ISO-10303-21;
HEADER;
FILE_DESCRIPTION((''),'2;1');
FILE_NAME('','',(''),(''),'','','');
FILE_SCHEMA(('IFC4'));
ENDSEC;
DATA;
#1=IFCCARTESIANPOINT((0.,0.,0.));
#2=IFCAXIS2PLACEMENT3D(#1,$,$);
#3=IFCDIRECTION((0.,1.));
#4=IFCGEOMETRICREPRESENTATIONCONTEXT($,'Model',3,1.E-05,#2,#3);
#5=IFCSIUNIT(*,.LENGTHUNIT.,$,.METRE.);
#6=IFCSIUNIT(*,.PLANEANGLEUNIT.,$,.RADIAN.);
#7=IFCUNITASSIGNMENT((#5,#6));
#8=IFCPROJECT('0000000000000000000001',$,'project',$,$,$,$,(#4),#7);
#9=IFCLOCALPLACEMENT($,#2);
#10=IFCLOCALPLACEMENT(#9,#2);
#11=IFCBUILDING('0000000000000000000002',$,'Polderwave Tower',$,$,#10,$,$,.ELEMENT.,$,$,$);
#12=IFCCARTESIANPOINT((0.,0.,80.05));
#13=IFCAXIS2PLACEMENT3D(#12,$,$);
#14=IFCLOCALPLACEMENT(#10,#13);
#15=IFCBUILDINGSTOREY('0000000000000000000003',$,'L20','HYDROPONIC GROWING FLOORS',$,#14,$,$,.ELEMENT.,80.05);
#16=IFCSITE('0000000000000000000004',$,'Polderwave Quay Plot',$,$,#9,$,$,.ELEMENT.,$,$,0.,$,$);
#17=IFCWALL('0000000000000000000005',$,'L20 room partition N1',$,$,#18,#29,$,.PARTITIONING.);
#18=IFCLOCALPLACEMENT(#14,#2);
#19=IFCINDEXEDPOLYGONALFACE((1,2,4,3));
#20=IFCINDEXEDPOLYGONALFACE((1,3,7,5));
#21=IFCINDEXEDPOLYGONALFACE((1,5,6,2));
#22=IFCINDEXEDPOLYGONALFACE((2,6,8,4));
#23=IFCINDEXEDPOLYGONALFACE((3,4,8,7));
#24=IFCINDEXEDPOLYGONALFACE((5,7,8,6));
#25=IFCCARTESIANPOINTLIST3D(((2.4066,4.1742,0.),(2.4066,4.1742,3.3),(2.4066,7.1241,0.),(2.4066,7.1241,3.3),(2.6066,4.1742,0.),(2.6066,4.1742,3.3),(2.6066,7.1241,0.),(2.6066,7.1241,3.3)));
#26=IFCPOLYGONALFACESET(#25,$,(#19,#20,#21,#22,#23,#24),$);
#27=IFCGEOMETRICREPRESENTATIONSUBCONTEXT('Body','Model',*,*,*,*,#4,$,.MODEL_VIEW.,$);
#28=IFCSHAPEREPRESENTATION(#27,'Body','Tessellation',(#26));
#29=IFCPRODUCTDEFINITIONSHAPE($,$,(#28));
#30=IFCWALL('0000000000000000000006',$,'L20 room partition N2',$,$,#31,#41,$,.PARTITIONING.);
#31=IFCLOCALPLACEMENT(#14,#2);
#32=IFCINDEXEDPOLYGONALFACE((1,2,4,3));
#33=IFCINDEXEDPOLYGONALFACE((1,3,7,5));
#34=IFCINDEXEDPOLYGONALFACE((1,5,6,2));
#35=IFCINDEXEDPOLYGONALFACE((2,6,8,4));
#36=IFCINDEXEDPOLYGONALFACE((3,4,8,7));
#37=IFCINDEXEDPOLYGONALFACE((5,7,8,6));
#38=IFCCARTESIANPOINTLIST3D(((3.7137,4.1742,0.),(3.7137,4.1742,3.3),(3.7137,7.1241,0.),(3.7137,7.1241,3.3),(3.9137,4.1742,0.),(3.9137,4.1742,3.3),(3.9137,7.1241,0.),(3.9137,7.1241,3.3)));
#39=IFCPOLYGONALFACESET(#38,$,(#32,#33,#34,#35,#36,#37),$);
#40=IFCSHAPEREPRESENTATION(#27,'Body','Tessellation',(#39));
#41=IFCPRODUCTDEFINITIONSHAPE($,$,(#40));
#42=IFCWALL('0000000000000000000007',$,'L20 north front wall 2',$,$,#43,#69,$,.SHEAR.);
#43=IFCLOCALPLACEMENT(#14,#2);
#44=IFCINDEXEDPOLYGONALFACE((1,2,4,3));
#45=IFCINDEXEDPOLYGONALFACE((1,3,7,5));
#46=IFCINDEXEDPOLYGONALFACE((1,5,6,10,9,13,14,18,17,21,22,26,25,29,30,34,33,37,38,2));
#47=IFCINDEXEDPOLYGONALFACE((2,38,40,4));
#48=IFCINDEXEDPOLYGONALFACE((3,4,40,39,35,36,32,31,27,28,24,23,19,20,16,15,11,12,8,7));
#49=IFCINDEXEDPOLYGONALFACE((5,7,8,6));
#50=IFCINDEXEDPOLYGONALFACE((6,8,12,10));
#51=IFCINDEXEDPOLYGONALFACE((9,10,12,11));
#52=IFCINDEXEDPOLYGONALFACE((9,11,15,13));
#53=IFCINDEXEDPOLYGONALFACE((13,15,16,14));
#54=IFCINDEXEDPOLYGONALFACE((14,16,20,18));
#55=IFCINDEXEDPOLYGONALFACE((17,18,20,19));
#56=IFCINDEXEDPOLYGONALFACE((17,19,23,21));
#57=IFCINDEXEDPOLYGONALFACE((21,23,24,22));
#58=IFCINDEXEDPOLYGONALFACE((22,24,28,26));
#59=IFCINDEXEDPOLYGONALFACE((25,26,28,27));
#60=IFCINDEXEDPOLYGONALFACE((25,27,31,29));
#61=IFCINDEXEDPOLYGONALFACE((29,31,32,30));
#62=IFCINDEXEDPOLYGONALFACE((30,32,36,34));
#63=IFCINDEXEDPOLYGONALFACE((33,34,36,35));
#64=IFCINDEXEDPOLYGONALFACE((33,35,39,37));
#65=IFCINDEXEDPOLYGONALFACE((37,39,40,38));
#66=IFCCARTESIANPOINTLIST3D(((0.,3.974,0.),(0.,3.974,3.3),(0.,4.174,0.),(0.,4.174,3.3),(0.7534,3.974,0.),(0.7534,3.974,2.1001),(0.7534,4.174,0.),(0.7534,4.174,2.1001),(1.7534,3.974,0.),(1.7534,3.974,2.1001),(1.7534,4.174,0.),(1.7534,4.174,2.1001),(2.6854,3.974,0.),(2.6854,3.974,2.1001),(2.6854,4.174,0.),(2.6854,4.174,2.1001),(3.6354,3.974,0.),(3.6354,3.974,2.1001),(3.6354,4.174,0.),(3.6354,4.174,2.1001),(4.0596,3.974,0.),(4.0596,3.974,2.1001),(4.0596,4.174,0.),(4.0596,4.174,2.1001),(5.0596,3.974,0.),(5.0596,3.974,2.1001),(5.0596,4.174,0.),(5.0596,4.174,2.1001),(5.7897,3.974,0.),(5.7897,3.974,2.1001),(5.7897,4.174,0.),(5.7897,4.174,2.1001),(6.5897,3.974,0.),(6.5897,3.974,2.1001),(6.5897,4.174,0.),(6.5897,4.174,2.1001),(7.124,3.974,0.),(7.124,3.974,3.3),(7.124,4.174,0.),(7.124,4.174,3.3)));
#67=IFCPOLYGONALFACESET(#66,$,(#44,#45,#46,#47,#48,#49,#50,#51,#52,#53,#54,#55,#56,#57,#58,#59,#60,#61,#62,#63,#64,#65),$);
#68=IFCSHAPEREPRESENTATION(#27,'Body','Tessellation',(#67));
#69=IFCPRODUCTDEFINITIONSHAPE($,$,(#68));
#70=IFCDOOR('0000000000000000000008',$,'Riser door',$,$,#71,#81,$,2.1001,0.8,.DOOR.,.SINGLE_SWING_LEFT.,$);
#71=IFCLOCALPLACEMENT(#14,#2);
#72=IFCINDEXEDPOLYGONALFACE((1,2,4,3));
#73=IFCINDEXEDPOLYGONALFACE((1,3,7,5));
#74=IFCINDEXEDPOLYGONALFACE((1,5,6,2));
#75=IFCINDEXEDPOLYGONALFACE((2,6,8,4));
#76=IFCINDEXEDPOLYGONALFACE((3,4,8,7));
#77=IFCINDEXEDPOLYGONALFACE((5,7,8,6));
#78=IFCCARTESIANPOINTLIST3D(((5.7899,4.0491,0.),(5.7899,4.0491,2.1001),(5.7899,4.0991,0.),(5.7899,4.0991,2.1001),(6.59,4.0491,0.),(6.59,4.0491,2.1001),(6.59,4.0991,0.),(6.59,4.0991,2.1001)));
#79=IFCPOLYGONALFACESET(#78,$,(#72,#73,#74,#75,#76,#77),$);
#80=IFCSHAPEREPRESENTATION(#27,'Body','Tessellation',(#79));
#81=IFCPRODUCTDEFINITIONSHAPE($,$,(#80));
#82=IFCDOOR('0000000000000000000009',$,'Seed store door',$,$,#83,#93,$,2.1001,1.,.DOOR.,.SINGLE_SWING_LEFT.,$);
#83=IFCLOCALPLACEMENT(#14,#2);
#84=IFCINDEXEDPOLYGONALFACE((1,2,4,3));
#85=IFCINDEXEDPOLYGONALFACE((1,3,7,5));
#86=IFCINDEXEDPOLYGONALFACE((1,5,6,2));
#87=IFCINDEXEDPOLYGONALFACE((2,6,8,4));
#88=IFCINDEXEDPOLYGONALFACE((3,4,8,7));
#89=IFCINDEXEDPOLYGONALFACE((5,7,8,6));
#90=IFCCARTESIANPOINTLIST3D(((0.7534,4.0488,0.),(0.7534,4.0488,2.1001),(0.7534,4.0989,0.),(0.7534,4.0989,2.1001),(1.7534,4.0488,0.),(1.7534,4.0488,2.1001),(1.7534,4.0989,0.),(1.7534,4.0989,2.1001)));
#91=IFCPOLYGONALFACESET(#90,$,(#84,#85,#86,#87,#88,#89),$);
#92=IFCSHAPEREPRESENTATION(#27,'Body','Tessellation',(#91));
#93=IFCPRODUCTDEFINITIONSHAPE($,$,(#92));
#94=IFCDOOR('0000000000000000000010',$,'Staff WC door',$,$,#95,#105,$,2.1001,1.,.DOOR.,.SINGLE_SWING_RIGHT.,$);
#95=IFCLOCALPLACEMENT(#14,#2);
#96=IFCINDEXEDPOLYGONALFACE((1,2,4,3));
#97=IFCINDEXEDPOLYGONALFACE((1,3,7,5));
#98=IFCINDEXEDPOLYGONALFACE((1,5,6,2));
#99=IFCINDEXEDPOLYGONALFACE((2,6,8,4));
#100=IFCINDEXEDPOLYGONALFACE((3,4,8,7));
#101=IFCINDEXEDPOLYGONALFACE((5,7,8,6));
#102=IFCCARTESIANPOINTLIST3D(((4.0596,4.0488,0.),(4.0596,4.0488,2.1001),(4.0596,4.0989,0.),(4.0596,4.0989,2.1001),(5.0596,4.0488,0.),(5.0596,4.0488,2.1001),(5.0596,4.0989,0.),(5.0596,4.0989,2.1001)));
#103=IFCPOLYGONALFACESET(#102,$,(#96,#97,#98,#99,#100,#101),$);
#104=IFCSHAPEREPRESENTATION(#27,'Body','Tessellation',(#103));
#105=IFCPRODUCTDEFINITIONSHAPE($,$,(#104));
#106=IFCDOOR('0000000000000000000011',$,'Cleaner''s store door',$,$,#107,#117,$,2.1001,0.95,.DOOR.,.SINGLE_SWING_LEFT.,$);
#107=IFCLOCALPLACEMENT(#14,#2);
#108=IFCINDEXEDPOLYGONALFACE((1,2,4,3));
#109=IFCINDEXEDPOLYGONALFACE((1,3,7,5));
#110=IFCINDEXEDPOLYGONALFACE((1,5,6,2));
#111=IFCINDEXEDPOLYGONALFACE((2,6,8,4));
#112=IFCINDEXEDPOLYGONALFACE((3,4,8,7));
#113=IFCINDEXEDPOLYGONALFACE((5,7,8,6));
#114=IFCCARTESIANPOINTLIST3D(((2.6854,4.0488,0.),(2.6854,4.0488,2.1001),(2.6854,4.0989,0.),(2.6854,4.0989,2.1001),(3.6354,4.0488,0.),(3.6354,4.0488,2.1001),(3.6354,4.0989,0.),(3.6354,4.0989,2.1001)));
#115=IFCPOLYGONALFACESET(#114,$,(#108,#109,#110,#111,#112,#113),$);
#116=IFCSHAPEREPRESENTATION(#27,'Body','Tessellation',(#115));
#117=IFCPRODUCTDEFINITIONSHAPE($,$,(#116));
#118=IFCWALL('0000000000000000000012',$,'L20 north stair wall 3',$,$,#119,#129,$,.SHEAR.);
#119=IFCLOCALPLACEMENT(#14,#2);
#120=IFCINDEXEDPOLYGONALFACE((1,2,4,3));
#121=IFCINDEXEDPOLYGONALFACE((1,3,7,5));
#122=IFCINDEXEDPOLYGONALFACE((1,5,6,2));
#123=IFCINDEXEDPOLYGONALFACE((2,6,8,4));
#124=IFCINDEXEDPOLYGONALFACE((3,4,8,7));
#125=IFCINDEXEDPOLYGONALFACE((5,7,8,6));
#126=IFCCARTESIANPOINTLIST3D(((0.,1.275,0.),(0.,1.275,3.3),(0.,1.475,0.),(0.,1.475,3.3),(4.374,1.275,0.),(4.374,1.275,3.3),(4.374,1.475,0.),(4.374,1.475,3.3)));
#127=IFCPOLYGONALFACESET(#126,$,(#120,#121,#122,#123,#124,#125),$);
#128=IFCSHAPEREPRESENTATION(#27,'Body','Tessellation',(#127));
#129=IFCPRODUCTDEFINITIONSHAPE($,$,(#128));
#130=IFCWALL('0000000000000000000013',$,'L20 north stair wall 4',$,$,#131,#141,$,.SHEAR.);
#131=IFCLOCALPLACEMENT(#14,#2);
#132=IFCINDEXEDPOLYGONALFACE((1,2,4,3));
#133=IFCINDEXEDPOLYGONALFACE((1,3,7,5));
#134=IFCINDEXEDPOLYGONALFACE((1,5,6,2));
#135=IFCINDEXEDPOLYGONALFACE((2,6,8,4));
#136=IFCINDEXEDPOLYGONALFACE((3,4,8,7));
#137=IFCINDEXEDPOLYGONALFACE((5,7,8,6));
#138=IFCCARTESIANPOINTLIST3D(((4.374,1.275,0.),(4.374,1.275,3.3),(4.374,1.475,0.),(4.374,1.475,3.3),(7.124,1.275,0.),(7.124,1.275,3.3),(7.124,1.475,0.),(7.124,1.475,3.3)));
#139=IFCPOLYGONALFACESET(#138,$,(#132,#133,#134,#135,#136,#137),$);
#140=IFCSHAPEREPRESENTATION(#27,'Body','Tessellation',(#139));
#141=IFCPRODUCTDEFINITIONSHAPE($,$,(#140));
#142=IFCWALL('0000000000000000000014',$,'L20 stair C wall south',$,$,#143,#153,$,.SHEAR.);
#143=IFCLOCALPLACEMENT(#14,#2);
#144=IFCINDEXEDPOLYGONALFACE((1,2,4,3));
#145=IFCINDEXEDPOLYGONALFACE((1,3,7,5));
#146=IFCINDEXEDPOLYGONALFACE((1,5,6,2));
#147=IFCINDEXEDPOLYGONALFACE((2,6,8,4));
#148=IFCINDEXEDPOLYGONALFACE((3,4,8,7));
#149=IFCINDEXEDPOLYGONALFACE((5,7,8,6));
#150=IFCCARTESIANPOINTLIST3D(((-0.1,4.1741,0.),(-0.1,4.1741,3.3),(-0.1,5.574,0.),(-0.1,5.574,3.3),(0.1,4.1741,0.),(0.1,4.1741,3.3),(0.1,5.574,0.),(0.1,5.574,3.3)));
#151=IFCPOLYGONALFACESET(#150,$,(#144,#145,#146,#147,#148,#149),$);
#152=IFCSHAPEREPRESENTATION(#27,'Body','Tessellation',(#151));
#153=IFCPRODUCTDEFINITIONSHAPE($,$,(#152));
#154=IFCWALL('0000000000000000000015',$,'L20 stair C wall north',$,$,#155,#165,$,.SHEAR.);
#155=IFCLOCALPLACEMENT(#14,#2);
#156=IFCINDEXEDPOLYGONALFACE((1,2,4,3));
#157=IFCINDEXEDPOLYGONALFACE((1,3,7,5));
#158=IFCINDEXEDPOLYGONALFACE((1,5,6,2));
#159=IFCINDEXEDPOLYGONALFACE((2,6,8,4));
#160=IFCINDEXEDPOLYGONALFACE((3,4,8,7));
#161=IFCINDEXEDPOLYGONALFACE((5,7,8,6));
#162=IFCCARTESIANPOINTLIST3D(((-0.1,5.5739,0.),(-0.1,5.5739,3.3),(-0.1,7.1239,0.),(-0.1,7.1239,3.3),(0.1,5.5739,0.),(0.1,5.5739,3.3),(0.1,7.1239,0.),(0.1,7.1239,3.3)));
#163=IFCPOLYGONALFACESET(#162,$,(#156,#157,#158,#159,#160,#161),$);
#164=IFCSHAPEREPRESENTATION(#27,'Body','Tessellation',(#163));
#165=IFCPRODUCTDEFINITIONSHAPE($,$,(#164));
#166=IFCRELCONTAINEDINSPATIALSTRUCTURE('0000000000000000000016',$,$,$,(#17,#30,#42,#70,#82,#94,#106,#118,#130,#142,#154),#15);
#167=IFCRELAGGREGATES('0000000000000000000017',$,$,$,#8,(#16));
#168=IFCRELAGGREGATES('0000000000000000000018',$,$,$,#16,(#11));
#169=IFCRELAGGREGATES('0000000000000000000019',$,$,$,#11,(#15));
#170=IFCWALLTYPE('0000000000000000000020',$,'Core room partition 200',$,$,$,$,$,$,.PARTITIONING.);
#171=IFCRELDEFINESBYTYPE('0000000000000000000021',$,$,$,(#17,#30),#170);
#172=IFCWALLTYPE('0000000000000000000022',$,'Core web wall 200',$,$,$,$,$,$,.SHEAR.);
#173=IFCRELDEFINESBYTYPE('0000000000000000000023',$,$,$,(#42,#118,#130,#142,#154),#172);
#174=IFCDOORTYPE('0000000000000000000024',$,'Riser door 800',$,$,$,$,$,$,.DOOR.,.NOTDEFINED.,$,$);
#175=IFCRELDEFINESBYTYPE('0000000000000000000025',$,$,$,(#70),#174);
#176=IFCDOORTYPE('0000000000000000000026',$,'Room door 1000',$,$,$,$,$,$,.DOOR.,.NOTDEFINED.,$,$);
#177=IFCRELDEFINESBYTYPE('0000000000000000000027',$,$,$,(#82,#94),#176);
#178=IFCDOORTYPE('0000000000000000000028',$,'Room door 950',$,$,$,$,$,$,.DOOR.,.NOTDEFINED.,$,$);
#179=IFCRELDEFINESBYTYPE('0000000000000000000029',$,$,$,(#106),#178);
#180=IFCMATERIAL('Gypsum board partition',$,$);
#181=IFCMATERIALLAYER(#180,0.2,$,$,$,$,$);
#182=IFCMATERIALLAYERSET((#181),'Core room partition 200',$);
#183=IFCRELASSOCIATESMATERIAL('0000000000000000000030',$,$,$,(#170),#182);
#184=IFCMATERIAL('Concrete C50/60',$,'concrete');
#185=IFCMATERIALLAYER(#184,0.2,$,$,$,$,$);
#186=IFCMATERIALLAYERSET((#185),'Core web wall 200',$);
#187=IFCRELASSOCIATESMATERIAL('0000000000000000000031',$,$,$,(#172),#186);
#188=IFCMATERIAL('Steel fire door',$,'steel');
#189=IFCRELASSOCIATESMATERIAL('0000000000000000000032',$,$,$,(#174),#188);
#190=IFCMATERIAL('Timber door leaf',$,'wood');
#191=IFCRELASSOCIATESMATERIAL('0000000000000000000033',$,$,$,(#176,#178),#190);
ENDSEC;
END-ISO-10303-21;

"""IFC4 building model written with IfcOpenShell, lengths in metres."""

from ifc_helpers import new_model, si_unit, direction, frame, frame_2d, origin, place, context, subcontext, project, spatial, rectangle, extrude, material, layer, layer_set, type_object, element, fill, save


model = new_model("IFC4")

# Units and contexts
model_context = context("Model", 3, precision=1e-05, world=origin(), true_north=direction((0.0, 1.0)))
body_context = subcontext(model_context, "Body", "Model", "MODEL_VIEW")
ifc_project = project(units=[si_unit("LENGTHUNIT", "METRE"), si_unit("PLANEANGLEUNIT", "RADIAN")], contexts=[model_context])

# Site, building, storey
site_placement = place(None, origin())
site = spatial("IfcSite", under=ifc_project, at=site_placement, Name="Polderwave Quay Plot", CompositionType="ELEMENT", RefElevation=0.0)
building_placement = place(site_placement, origin())
building = spatial("IfcBuilding", under=site, at=building_placement, Name="Polderwave Tower", CompositionType="ELEMENT")
storey_placement = place(building_placement, frame((0.0, 0.0, 80.05)))
storey = spatial("IfcBuildingStorey", under=building, at=storey_placement, Name="L20", Description="HYDROPONIC GROWING FLOORS", CompositionType="ELEMENT", Elevation=80.05)

# Walls
ifc_material_1 = material(Name="Gypsum board partition")
ifc_layer_1 = layer(ifc_material_1, 0.2)
ifc_layer_set_1 = layer_set([ifc_layer_1], Name="Core room partition 200")
wall_type_1 = type_object("IfcWallType", Name="Core room partition 200", PredefinedType="PARTITIONING", material=ifc_layer_set_1)
for number, where, z_axis, x_axis, name in (
    (1, (2.5066, 4.1741, 0.0), (0.0, 0.0, 1.0), (0.0, 1.0, 0.0), "L20 room partition N1"),
    (2, (3.8137, 4.1741, 0.0), (0.0, 0.0, 1.0), (0.0, 1.0, 0.0), "L20 room partition N2"),
):
    element("IfcWall", number, at=place(storey_placement, frame(where, z_axis=z_axis, x_axis=x_axis)), inside=storey, type_object=wall_type_1, Name=name, PredefinedType="PARTITIONING", context=body_context, shape_type="SweptSolid", body=[
        extrude(rectangle(XDim=2.95, YDim=0.2, at=frame_2d((1.4751, 0.0))), origin(), (0.0, 0.0, 1.0), 3.3),
    ])

# Wall, openings, doors
ifc_material_2 = material(Name="Concrete C50/60", Category="concrete")
ifc_layer_2 = layer(ifc_material_2, 0.2)
ifc_layer_set_2 = layer_set([ifc_layer_2], Name="Core web wall 200")
wall_type_2 = type_object("IfcWallType", Name="Core web wall 200", PredefinedType="SHEAR", material=ifc_layer_set_2)
wall_1_placement = place(storey_placement, frame((0.0, 4.074, 0.0), z_axis=(0.0, 0.0, 1.0), x_axis=(1.0, 0.0, 0.0)))
wall_1 = element("IfcWall", 3, at=wall_1_placement, inside=storey, type_object=wall_type_2, Name="L20 north front wall 2", PredefinedType="SHEAR", context=body_context, shape_type="SweptSolid", body=[
    extrude(rectangle(XDim=7.124, YDim=0.2, at=frame_2d((3.562, 0.0))), origin(), (0.0, 0.0, 1.0), 3.3),
])
opening_1_placement = place(wall_1_placement, frame((0.7534, 0.0, 0.0)))
opening_1 = element("IfcOpeningElement", 4, at=opening_1_placement, cuts=wall_1, PredefinedType="OPENING", context=body_context, shape_type="SweptSolid", body=[
    extrude(rectangle(XDim=1.0, YDim=2.1001, at=frame_2d((0.5, 1.05))), frame((0.0, 0.1099, 0.0), z_axis=(0.0, -1.0, 0.0), x_axis=(1.0, 0.0, 0.0)), (0.0, 0.0, 1.0), 0.22),
])
opening_2_placement = place(wall_1_placement, frame((2.6853, 0.0, 0.0)))
opening_2 = element("IfcOpeningElement", 5, at=opening_2_placement, cuts=wall_1, PredefinedType="OPENING", context=body_context, shape_type="SweptSolid", body=[
    extrude(rectangle(XDim=0.95, YDim=2.1001, at=frame_2d((0.4751, 1.05))), frame((0.0, 0.1099, 0.0), z_axis=(0.0, -1.0, 0.0), x_axis=(1.0, 0.0, 0.0)), (0.0, 0.0, 1.0), 0.22),
])
opening_3_placement = place(wall_1_placement, frame((4.0596, 0.0, 0.0)))
opening_3 = element("IfcOpeningElement", 6, at=opening_3_placement, cuts=wall_1, PredefinedType="OPENING", context=body_context, shape_type="SweptSolid", body=[
    extrude(rectangle(XDim=1.0, YDim=2.1001, at=frame_2d((0.5, 1.05))), frame((0.0, 0.1099, 0.0), z_axis=(0.0, -1.0, 0.0), x_axis=(1.0, 0.0, 0.0)), (0.0, 0.0, 1.0), 0.22),
])
opening_4_placement = place(wall_1_placement, frame((5.7898, 0.0, 0.0)))
opening_4 = element("IfcOpeningElement", 7, at=opening_4_placement, cuts=wall_1, PredefinedType="OPENING", context=body_context, shape_type="SweptSolid", body=[
    extrude(rectangle(XDim=0.8, YDim=2.1001, at=frame_2d((0.3999, 1.05))), frame((0.0, 0.1099, 0.0), z_axis=(0.0, -1.0, 0.0), x_axis=(1.0, 0.0, 0.0)), (0.0, 0.0, 1.0), 0.22),
])
ifc_material_3 = material(Name="Steel fire door", Category="steel")
door_type_1 = type_object("IfcDoorType", Name="Riser door 800", OperationType="NOTDEFINED", PredefinedType="DOOR", material=ifc_material_3)
door_1_placement = place(opening_4_placement, frame((0.8, 0.0, 0.0), z_axis=(0.0, 0.0, 1.0), x_axis=(-1.0, 0.0, 0.0)))
door_1 = element("IfcDoor", 8, at=door_1_placement, inside=storey, type_object=door_type_1, Name="Riser door", OperationType="SINGLE_SWING_LEFT", OverallHeight=2.1001, OverallWidth=0.8, PredefinedType="DOOR", context=body_context, shape_type="SweptSolid", body=[
    extrude(rectangle(XDim=0.8, YDim=2.1001, at=frame_2d((0.3999, 1.05))), frame((0.0, 0.0249, 0.0), z_axis=(0.0, -1.0, 0.0), x_axis=(1.0, 0.0, 0.0)), (0.0, 0.0, 1.0), 0.05),
])
fill(opening_4, door_1)
ifc_material_4 = material(Name="Timber door leaf", Category="wood")
door_type_2 = type_object("IfcDoorType", Name="Room door 1000", OperationType="NOTDEFINED", PredefinedType="DOOR", material=ifc_material_4)
door_2_placement = place(opening_1_placement, origin())
door_2 = element("IfcDoor", 9, at=door_2_placement, inside=storey, type_object=door_type_2, Name="Seed store door", OperationType="SINGLE_SWING_LEFT", OverallHeight=2.1001, OverallWidth=1.0, PredefinedType="DOOR", context=body_context, shape_type="SweptSolid", body=[
    extrude(rectangle(XDim=1.0, YDim=2.1001, at=frame_2d((0.5, 1.05))), frame((0.0, 0.0249, 0.0), z_axis=(0.0, -1.0, 0.0), x_axis=(1.0, 0.0, 0.0)), (0.0, 0.0, 1.0), 0.05),
])
fill(opening_1, door_2)
door_3_placement = place(opening_3_placement, origin())
door_3 = element("IfcDoor", 10, at=door_3_placement, inside=storey, type_object=door_type_2, Name="Staff WC door", OperationType="SINGLE_SWING_RIGHT", OverallHeight=2.1001, OverallWidth=1.0, PredefinedType="DOOR", context=body_context, shape_type="SweptSolid", body=[
    extrude(rectangle(XDim=1.0, YDim=2.1001, at=frame_2d((0.5, 1.05))), frame((0.0, 0.0249, 0.0), z_axis=(0.0, -1.0, 0.0), x_axis=(1.0, 0.0, 0.0)), (0.0, 0.0, 1.0), 0.05),
])
fill(opening_3, door_3)
door_type_3 = type_object("IfcDoorType", Name="Room door 950", OperationType="NOTDEFINED", PredefinedType="DOOR", material=ifc_material_4)
door_4_placement = place(opening_2_placement, origin())
door_4 = element("IfcDoor", 11, at=door_4_placement, inside=storey, type_object=door_type_3, Name="Cleaner's store door", OperationType="SINGLE_SWING_LEFT", OverallHeight=2.1001, OverallWidth=0.95, PredefinedType="DOOR", context=body_context, shape_type="SweptSolid", body=[
    extrude(rectangle(XDim=0.95, YDim=2.1001, at=frame_2d((0.4751, 1.05))), frame((0.0, 0.0249, 0.0), z_axis=(0.0, -1.0, 0.0), x_axis=(1.0, 0.0, 0.0)), (0.0, 0.0, 1.0), 0.05),
])
fill(opening_2, door_4)

# Walls
wall_2_placement = place(storey_placement, frame((0.0, 1.375, 0.0), z_axis=(0.0, 0.0, 1.0), x_axis=(1.0, 0.0, 0.0)))
element("IfcWall", 12, at=wall_2_placement, inside=storey, type_object=wall_type_2, Name="L20 north stair wall 3", PredefinedType="SHEAR", context=body_context, shape_type="SweptSolid", body=[
    extrude(rectangle(XDim=4.374, YDim=0.2, at=frame_2d((2.187, 0.0))), origin(), (0.0, 0.0, 1.0), 3.3),
])
wall_3_placement = place(storey_placement, frame((4.374, 1.375, 0.0), z_axis=(0.0, 0.0, 1.0), x_axis=(1.0, 0.0, 0.0)))
element("IfcWall", 13, at=wall_3_placement, inside=storey, type_object=wall_type_2, Name="L20 north stair wall 4", PredefinedType="SHEAR", context=body_context, shape_type="SweptSolid", body=[
    extrude(rectangle(XDim=2.75, YDim=0.2, at=frame_2d((1.375, 0.0))), origin(), (0.0, 0.0, 1.0), 3.3),
])
wall_4_placement = place(storey_placement, frame((0.0, 4.1741, 0.0), z_axis=(0.0, 0.0, 1.0), x_axis=(0.0, 1.0, 0.0)))
element("IfcWall", 14, at=wall_4_placement, inside=storey, type_object=wall_type_2, Name="L20 stair C wall south", PredefinedType="SHEAR", context=body_context, shape_type="SweptSolid", body=[
    extrude(rectangle(XDim=1.3999, YDim=0.2, at=frame_2d((0.7, 0.0))), origin(), (0.0, 0.0, 1.0), 3.3),
])
wall_5_placement = place(storey_placement, frame((0.0, 5.574, 0.0), z_axis=(0.0, 0.0, 1.0), x_axis=(0.0, 1.0, 0.0)))
element("IfcWall", 15, at=wall_5_placement, inside=storey, type_object=wall_type_2, Name="L20 stair C wall north", PredefinedType="SHEAR", context=body_context, shape_type="SweptSolid", body=[
    extrude(rectangle(XDim=1.55, YDim=0.2, at=frame_2d((0.7749, 0.0))), origin(), (0.0, 0.0, 1.0), 3.3),
])

save(model, "model.ifc")
